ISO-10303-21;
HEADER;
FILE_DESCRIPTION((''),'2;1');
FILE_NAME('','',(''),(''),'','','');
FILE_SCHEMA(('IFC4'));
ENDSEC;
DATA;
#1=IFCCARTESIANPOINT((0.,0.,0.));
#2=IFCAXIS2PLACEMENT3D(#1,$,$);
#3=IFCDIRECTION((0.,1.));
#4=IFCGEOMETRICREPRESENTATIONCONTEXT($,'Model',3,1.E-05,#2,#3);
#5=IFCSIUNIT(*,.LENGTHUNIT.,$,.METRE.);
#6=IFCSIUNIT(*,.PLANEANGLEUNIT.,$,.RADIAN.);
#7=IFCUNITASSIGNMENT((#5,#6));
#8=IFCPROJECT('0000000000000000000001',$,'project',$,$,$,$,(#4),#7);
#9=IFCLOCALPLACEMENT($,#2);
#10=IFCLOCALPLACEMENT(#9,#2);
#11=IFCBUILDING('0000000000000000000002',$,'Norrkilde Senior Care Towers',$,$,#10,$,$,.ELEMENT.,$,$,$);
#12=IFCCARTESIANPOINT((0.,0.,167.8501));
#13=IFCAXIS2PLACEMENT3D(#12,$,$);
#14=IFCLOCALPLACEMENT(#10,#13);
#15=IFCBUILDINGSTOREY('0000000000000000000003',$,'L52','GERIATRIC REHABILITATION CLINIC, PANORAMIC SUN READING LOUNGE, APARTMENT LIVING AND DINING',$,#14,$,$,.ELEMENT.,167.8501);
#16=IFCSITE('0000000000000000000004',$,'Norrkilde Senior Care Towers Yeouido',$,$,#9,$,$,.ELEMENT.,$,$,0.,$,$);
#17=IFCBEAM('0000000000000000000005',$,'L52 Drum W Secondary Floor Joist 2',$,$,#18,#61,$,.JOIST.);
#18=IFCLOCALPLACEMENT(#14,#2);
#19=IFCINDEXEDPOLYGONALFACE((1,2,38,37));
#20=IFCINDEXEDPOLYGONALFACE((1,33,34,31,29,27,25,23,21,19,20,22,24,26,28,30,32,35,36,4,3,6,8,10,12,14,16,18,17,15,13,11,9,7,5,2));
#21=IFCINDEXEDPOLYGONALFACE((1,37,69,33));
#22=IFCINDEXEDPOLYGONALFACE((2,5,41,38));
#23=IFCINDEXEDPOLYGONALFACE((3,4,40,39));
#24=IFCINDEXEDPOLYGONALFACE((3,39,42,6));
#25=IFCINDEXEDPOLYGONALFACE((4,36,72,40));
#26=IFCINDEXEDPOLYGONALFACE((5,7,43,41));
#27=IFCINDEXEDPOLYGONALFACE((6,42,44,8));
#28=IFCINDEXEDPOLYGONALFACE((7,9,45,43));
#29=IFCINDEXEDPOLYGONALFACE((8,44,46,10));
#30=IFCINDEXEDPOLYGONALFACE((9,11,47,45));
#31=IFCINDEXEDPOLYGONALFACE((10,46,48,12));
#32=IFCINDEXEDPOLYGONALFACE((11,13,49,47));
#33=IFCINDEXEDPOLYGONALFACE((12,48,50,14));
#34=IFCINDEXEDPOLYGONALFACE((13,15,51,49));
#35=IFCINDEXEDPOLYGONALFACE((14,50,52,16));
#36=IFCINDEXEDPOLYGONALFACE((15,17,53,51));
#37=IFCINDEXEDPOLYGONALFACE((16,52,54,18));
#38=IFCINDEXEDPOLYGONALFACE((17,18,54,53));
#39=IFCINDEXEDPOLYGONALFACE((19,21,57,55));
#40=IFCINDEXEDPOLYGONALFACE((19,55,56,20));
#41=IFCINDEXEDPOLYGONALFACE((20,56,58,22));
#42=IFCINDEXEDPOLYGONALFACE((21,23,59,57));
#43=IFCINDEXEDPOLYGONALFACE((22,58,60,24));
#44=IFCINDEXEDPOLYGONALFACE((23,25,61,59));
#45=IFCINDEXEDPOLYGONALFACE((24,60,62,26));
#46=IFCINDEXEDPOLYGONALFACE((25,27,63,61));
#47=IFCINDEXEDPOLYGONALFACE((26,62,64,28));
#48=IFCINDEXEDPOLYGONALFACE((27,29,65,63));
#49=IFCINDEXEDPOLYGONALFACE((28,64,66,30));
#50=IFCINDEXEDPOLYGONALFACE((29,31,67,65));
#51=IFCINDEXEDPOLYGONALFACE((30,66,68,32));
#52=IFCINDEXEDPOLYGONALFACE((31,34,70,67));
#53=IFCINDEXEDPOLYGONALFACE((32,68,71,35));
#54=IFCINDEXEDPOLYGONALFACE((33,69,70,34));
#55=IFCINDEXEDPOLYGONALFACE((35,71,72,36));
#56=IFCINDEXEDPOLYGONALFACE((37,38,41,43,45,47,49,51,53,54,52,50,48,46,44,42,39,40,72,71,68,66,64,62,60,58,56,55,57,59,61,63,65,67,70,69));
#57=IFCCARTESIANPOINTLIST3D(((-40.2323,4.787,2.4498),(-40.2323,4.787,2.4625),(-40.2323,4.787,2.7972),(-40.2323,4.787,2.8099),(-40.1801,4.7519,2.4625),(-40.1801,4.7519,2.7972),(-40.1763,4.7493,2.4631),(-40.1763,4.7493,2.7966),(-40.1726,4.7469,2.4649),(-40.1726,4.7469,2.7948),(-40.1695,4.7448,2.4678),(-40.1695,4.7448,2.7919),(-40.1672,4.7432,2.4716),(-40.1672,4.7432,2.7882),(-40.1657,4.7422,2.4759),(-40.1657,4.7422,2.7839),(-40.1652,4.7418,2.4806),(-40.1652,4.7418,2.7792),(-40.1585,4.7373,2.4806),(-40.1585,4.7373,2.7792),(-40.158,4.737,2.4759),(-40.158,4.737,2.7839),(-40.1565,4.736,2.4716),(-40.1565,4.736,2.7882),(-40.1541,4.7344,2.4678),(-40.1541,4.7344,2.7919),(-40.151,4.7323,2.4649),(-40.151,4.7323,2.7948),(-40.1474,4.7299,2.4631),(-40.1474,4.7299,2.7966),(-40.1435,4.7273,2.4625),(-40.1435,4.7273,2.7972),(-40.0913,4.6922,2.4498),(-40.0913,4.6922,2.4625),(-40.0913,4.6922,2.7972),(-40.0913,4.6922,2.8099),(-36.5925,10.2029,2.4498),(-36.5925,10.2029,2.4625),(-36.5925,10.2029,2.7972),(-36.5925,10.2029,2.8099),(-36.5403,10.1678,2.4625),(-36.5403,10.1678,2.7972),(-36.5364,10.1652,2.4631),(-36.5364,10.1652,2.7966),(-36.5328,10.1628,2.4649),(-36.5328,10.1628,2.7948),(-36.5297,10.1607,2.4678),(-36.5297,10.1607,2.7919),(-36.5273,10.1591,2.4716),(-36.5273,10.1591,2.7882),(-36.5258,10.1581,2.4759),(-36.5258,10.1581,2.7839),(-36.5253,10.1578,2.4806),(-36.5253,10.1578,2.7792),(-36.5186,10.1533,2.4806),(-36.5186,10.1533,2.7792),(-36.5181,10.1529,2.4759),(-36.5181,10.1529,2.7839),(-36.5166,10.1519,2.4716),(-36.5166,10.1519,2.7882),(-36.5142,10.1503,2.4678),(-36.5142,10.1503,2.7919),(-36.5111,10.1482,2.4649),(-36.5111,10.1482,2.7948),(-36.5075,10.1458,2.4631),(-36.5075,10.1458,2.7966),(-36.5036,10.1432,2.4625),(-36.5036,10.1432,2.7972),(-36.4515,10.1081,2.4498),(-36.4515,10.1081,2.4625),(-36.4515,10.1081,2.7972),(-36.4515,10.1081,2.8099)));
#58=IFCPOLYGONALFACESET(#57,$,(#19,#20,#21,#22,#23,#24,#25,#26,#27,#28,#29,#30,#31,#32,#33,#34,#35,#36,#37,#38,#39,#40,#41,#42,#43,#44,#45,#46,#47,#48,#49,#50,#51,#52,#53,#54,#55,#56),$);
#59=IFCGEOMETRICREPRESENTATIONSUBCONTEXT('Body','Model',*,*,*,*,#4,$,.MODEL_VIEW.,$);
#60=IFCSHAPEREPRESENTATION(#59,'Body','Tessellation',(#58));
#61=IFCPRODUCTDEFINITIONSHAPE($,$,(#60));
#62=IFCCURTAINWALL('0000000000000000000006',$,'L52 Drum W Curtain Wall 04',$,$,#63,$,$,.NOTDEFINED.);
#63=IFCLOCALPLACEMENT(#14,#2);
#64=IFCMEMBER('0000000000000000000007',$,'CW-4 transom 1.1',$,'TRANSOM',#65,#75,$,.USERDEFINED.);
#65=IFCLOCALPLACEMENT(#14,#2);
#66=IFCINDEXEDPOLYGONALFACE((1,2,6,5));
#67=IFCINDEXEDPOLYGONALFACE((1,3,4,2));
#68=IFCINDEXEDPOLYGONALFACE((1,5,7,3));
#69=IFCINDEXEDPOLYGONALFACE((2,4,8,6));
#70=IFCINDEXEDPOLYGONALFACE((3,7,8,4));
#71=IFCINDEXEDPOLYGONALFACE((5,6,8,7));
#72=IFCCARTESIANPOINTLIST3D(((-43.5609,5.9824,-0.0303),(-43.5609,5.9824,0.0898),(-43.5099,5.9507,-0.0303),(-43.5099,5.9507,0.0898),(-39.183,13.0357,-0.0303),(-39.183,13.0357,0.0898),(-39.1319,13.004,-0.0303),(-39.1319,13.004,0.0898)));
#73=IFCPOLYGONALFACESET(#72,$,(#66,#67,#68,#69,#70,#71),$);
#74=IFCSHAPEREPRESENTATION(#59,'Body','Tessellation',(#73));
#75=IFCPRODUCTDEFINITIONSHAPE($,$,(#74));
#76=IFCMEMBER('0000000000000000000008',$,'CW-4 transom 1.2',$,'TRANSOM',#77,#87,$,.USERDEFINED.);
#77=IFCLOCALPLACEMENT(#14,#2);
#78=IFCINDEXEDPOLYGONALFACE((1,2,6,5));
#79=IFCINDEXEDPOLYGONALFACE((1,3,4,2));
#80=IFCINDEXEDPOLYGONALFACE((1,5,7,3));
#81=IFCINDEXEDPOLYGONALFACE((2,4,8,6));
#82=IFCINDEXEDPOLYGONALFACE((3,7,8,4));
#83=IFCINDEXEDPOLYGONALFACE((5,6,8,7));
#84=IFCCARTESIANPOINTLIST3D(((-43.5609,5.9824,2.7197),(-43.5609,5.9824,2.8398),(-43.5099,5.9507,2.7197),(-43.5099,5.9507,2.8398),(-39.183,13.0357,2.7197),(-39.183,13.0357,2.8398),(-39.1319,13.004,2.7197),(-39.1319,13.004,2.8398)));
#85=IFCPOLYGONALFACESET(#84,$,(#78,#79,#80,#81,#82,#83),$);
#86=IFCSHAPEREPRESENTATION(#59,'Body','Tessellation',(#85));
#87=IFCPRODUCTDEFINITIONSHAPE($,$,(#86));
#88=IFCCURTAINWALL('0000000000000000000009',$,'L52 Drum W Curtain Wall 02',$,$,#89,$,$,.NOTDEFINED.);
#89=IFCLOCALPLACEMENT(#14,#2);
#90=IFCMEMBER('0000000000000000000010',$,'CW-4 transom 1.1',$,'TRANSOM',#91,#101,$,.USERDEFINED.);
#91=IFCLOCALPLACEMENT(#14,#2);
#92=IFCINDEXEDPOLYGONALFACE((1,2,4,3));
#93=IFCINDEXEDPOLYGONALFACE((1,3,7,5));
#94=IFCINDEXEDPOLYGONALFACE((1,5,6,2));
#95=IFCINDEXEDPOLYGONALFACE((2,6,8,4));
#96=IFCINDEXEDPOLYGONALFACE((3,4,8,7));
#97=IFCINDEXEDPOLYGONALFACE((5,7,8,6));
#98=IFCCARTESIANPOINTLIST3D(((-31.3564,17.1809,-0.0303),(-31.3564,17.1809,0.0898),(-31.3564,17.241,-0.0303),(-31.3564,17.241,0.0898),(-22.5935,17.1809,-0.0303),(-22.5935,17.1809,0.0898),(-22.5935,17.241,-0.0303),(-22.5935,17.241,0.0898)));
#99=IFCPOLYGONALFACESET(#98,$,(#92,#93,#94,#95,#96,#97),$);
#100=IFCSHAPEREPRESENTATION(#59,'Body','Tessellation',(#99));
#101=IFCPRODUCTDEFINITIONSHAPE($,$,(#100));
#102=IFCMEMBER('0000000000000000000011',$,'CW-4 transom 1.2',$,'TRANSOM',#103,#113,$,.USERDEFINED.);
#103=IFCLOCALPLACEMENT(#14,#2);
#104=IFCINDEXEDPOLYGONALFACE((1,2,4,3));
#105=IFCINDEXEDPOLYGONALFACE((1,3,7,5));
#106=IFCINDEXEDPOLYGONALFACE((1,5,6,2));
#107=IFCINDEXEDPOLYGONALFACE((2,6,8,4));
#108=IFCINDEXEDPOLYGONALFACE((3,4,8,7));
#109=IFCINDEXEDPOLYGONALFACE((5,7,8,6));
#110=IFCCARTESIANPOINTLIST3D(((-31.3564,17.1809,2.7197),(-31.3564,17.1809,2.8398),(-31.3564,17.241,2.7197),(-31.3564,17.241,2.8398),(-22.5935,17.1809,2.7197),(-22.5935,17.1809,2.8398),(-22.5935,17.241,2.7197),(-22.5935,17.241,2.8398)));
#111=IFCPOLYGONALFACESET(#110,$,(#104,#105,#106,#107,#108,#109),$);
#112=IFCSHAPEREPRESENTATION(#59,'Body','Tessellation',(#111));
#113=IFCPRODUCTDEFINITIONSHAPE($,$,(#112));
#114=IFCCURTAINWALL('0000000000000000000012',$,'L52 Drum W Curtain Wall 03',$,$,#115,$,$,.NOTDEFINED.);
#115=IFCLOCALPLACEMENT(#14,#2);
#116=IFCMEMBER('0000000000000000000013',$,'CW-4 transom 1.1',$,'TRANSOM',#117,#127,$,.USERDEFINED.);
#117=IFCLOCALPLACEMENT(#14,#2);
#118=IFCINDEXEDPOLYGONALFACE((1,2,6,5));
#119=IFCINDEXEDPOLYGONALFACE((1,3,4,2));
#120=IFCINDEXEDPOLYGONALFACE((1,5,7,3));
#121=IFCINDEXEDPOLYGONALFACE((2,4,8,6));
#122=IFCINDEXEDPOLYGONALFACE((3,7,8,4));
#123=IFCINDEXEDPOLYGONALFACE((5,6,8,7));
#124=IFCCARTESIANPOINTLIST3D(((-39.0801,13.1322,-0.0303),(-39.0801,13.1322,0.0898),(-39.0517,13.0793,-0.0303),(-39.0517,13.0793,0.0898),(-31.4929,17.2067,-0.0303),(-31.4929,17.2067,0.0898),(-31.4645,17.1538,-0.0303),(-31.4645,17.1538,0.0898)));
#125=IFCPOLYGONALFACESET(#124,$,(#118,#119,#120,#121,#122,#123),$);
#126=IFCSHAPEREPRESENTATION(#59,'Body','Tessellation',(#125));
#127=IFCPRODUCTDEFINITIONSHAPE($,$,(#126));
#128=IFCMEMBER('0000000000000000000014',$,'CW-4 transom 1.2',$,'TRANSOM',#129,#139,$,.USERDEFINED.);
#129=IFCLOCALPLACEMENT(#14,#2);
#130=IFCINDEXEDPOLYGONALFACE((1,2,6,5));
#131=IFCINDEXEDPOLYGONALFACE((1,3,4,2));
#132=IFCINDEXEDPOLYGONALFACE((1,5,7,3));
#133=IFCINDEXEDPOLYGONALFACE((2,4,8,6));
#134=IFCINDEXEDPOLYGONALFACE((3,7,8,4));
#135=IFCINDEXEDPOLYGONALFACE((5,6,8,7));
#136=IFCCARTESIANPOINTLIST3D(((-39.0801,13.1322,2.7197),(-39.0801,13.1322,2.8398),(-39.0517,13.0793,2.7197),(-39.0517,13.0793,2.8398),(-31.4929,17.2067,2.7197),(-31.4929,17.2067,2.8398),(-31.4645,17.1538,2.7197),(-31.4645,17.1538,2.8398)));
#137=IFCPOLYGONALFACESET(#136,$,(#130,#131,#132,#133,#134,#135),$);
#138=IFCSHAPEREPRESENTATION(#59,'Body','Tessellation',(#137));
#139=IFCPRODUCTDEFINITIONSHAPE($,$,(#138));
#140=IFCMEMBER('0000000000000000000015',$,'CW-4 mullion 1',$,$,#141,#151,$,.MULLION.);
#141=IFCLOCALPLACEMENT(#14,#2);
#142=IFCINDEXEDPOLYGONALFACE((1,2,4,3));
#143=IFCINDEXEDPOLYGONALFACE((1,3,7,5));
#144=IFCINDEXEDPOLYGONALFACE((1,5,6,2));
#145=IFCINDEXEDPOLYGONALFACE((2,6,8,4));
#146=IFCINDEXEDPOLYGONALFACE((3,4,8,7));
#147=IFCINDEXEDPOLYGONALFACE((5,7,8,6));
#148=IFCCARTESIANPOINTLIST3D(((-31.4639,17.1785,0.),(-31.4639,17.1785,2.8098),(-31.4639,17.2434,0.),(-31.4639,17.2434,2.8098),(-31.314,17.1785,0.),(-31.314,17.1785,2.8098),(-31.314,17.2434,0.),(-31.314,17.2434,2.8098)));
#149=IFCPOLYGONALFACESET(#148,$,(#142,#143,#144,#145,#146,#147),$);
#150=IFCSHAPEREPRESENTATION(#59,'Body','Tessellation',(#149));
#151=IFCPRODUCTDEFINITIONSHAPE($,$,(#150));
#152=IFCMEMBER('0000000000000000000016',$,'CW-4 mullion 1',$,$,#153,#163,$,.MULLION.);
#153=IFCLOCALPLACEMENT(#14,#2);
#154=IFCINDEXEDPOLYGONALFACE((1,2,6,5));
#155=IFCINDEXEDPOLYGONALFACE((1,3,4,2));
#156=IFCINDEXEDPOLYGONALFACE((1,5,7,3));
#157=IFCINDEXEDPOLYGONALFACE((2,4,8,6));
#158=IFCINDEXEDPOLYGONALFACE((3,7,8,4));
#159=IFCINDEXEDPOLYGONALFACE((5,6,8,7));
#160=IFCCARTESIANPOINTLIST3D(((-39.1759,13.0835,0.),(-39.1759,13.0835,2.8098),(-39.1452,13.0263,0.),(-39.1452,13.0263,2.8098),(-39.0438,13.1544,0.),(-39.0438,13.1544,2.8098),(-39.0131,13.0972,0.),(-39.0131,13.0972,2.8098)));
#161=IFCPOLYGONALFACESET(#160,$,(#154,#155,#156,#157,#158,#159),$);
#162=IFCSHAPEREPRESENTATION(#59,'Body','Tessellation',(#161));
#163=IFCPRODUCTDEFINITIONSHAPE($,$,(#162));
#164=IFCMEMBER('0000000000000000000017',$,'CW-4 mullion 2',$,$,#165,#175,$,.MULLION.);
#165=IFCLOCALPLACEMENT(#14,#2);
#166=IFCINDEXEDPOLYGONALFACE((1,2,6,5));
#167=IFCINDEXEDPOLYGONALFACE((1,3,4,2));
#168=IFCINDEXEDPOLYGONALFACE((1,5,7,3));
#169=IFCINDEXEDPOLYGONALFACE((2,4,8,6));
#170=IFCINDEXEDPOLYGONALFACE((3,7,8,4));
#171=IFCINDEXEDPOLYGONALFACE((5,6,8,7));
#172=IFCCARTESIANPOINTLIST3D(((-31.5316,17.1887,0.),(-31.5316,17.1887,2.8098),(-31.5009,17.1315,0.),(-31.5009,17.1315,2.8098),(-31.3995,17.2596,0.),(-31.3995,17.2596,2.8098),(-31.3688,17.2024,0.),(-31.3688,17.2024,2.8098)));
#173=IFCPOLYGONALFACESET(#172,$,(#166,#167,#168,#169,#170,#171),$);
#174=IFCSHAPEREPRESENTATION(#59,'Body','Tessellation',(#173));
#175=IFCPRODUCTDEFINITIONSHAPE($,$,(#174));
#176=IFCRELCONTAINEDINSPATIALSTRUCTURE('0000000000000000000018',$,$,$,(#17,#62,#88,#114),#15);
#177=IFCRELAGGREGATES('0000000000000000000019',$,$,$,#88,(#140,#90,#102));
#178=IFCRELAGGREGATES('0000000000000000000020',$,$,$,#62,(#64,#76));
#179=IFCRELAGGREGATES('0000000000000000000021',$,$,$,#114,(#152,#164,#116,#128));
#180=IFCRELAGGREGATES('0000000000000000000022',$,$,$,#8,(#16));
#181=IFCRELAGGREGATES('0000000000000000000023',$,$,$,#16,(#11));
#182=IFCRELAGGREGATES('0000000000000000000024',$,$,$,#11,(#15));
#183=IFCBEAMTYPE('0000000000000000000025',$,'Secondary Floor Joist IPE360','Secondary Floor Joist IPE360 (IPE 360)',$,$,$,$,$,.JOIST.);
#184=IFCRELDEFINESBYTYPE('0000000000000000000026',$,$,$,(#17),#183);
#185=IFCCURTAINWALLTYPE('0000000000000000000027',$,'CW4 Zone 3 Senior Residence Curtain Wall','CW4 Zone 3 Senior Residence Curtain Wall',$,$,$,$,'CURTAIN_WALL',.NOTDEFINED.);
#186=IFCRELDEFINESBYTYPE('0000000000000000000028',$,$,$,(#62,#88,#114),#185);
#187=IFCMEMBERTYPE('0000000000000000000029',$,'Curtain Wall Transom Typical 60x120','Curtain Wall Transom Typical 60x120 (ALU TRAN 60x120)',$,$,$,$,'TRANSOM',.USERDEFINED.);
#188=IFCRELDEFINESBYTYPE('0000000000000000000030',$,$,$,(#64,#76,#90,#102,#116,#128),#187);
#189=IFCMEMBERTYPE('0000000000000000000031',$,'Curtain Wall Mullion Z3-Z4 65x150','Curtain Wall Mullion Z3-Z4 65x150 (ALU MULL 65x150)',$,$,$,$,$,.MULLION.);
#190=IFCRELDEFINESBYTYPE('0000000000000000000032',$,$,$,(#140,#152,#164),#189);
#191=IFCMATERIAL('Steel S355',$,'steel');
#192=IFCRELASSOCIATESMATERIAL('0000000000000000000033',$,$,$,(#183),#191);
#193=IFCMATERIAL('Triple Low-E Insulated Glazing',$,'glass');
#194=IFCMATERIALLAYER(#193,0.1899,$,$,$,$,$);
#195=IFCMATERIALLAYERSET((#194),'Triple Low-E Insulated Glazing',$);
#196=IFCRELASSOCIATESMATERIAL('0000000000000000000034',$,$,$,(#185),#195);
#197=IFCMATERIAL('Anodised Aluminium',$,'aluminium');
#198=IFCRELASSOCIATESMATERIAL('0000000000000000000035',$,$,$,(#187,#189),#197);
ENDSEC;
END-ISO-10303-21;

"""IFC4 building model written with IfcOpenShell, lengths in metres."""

from ifc_helpers import new_model, si_unit, direction, frame, origin, origin_2d, place, context, subcontext, project, spatial, rectangle, i_section, extrude, source, transform, mapped, material, layer, layer_set, material_profile, profile_set, type_object, type_shapes, element, aggregate, save


model = new_model("IFC4")

# Units and contexts
model_context = context("Model", 3, precision=1e-05, world=origin(), true_north=direction((0.0, 1.0)))
body_context = subcontext(model_context, "Body", "Model", "MODEL_VIEW")
ifc_project = project(units=[si_unit("LENGTHUNIT", "METRE"), si_unit("PLANEANGLEUNIT", "RADIAN")], contexts=[model_context])

# Site, building, storey
site_placement = place(None, origin())
site = spatial("IfcSite", under=ifc_project, at=site_placement, Name="Norrkilde Senior Care Towers Yeouido", CompositionType="ELEMENT", RefElevation=0.0)
building_placement = place(site_placement, origin())
building = spatial("IfcBuilding", under=site, at=building_placement, Name="Norrkilde Senior Care Towers", CompositionType="ELEMENT")
storey_placement = place(building_placement, frame((0.0, 0.0, 167.8501)))
storey = spatial("IfcBuildingStorey", under=building, at=storey_placement, Name="L52", Description="GERIATRIC REHABILITATION CLINIC, PANORAMIC SUN READING LOUNGE, APARTMENT LIVING AND DINING", CompositionType="ELEMENT", Elevation=167.8501)

# Beam
ifc_material_1 = material(Name="Steel S355", Category="steel")
ifc_material_profile_1 = material_profile(ifc_material_1, i_section(OverallWidth=0.1699, OverallDepth=0.3601, WebThickness=0.0081, FlangeThickness=0.0127, FilletRadius=0.0181, at=origin_2d()), Name="IPE 360")
ifc_profile_set_1 = profile_set([ifc_material_profile_1], Name="Steel S355")
beam_type_1 = type_object("IfcBeamType", Name="Secondary Floor Joist IPE360", Description="Secondary Floor Joist IPE360 (IPE 360)", PredefinedType="JOIST", material=ifc_profile_set_1)
shared_shape_1 = source(origin(), body_context, "Body", "SweptSolid", [
    extrude(i_section(OverallWidth=0.1699, OverallDepth=0.3601, WebThickness=0.0081, FlangeThickness=0.0127, FilletRadius=0.0181, at=origin_2d()), origin(), (0.0, 0.0, 1.0), 6.5254),
])
type_shapes(beam_type_1, [shared_shape_1])
beam_1_placement = place(storey_placement, frame((-36.522, 10.1555, 2.6299), z_axis=(-0.557796, -0.829978, 0.0), x_axis=(0.829978, -0.557796, 0.0)))
element("IfcBeam", 1, at=beam_1_placement, inside=storey, type_object=beam_type_1, Name="L52 Drum W Secondary Floor Joist 2", PredefinedType="JOIST", context=body_context, shape_type="MappedRepresentation", body=[
    mapped(shared_shape_1, transform((0.0, 0.0, 0.0), x_axis=(1.0, 0.0, 0.0), y_axis=(0.0, 1.0, 0.0), z_axis=(0.0, 0.0, 1.0), scale=1.0)),
])

# Curtain walls, members
ifc_material_2 = material(Name="Triple Low-E Insulated Glazing", Category="glass")
ifc_layer_1 = layer(ifc_material_2, 0.1899)
ifc_layer_set_1 = layer_set([ifc_layer_1], Name="Triple Low-E Insulated Glazing")
curtain_wall_type = type_object("IfcCurtainWallType", Name="CW4 Zone 3 Senior Residence Curtain Wall", Description="CW4 Zone 3 Senior Residence Curtain Wall", ElementType="CURTAIN_WALL", PredefinedType="NOTDEFINED", material=ifc_layer_set_1)
curtain_wall_1_placement = place(storey_placement, origin())
curtain_wall_1 = element("IfcCurtainWall", 2, at=curtain_wall_1_placement, inside=storey, type_object=curtain_wall_type, Name="L52 Drum W Curtain Wall 04", PredefinedType="NOTDEFINED")
ifc_material_3 = material(Name="Anodised Aluminium", Category="aluminium")
ifc_material_profile_2 = material_profile(ifc_material_3, rectangle(XDim=0.0601, YDim=0.1201, at=origin_2d()), Name="ALU TRAN 60x120")
ifc_profile_set_2 = profile_set([ifc_material_profile_2], Name="Anodised Aluminium")
member_type_1 = type_object("IfcMemberType", Name="Curtain Wall Transom Typical 60x120", Description="Curtain Wall Transom Typical 60x120 (ALU TRAN 60x120)", ElementType="TRANSOM", PredefinedType="USERDEFINED", material=ifc_profile_set_2)
shared_shape_2 = source(origin(), body_context, "Body", "SweptSolid", [
    extrude(rectangle(XDim=0.0601, YDim=0.1201, at=origin_2d()), origin(), (0.0, 0.0, 1.0), 8.3015),
])
member_1_placement = place(storey_placement, frame((-43.5354, 5.9666, 0.0298), z_axis=(0.527369, 0.849637, 0.0), x_axis=(-0.849637, 0.527369, 0.0)))
member_1 = element("IfcMember", 3, at=member_1_placement, type_object=member_type_1, Name="CW-4 transom 1.1", ObjectType="TRANSOM", PredefinedType="USERDEFINED", context=body_context, shape_type="MappedRepresentation", body=[
    mapped(shared_shape_2, transform((0.0, 0.0, 0.0), x_axis=(1.0, 0.0, 0.0), y_axis=(0.0, 1.0, 0.0), z_axis=(0.0, 0.0, 1.0), scale=1.0)),
])
member_2_placement = place(storey_placement, frame((-43.5354, 5.9666, 2.7798), z_axis=(0.527369, 0.849637, 0.0), x_axis=(-0.849637, 0.527369, 0.0)))
member_2 = element("IfcMember", 4, at=member_2_placement, type_object=member_type_1, Name="CW-4 transom 1.2", ObjectType="TRANSOM", PredefinedType="USERDEFINED", context=body_context, shape_type="MappedRepresentation", body=[
    mapped(shared_shape_2, transform((0.0, 0.0, 0.0), x_axis=(1.0, 0.0, 0.0), y_axis=(0.0, 1.0, 0.0), z_axis=(0.0, 0.0, 1.0), scale=1.0)),
])
curtain_wall_2_placement = place(storey_placement, origin())
curtain_wall_2 = element("IfcCurtainWall", 5, at=curtain_wall_2_placement, inside=storey, type_object=curtain_wall_type, Name="L52 Drum W Curtain Wall 02", PredefinedType="NOTDEFINED")
shared_shape_3 = source(origin(), body_context, "Body", "SweptSolid", [
    extrude(rectangle(XDim=0.0601, YDim=0.1201, at=origin_2d()), origin(), (0.0, 0.0, 1.0), 8.7629),
])
member_3_placement = place(storey_placement, frame((-31.3564, 17.2109, 0.0298), z_axis=(1.0, 0.0, 0.0), x_axis=(0.0, 1.0, 0.0)))
member_3 = element("IfcMember", 6, at=member_3_placement, type_object=member_type_1, Name="CW-4 transom 1.1", ObjectType="TRANSOM", PredefinedType="USERDEFINED", context=body_context, shape_type="MappedRepresentation", body=[
    mapped(shared_shape_3, transform((0.0, 0.0, 0.0), x_axis=(1.0, 0.0, 0.0), y_axis=(0.0, 1.0, 0.0), z_axis=(0.0, 0.0, 1.0), scale=1.0)),
])
member_4_placement = place(storey_placement, frame((-31.3564, 17.2109, 2.7798), z_axis=(1.0, 0.0, 0.0), x_axis=(0.0, 1.0, 0.0)))
member_4 = element("IfcMember", 7, at=member_4_placement, type_object=member_type_1, Name="CW-4 transom 1.2", ObjectType="TRANSOM", PredefinedType="USERDEFINED", context=body_context, shape_type="MappedRepresentation", body=[
    mapped(shared_shape_3, transform((0.0, 0.0, 0.0), x_axis=(1.0, 0.0, 0.0), y_axis=(0.0, 1.0, 0.0), z_axis=(0.0, 0.0, 1.0), scale=1.0)),
])
curtain_wall_3_placement = place(storey_placement, origin())
curtain_wall_3 = element("IfcCurtainWall", 8, at=curtain_wall_3_placement, inside=storey, type_object=curtain_wall_type, Name="L52 Drum W Curtain Wall 03", PredefinedType="NOTDEFINED")
shared_shape_4 = source(origin(), body_context, "Body", "SweptSolid", [
    extrude(rectangle(XDim=0.0601, YDim=0.1201, at=origin_2d()), origin(), (0.0, 0.0, 1.0), 8.6121),
])
type_shapes(member_type_1, [shared_shape_2, shared_shape_3, shared_shape_4])
member_5_placement = place(storey_placement, frame((-39.0659, 13.1057, 0.0298), z_axis=(0.881, 0.473116, 0.0), x_axis=(-0.473116, 0.881, 0.0)))
member_5 = element("IfcMember", 9, at=member_5_placement, type_object=member_type_1, Name="CW-4 transom 1.1", ObjectType="TRANSOM", PredefinedType="USERDEFINED", context=body_context, shape_type="MappedRepresentation", body=[
    mapped(shared_shape_4, transform((0.0, 0.0, 0.0), x_axis=(1.0, 0.0, 0.0), y_axis=(0.0, 1.0, 0.0), z_axis=(0.0, 0.0, 1.0), scale=1.0)),
])
member_6_placement = place(storey_placement, frame((-39.0659, 13.1057, 2.7798), z_axis=(0.881, 0.473116, 0.0), x_axis=(-0.473116, 0.881, 0.0)))
member_6 = element("IfcMember", 10, at=member_6_placement, type_object=member_type_1, Name="CW-4 transom 1.2", ObjectType="TRANSOM", PredefinedType="USERDEFINED", context=body_context, shape_type="MappedRepresentation", body=[
    mapped(shared_shape_4, transform((0.0, 0.0, 0.0), x_axis=(1.0, 0.0, 0.0), y_axis=(0.0, 1.0, 0.0), z_axis=(0.0, 0.0, 1.0), scale=1.0)),
])

# Members
ifc_material_profile_3 = material_profile(ifc_material_3, rectangle(XDim=0.0649, YDim=0.1499, at=origin_2d()), Name="ALU MULL 65x150")
ifc_profile_set_3 = profile_set([ifc_material_profile_3], Name="Anodised Aluminium")
member_type_2 = type_object("IfcMemberType", Name="Curtain Wall Mullion Z3-Z4 65x150", Description="Curtain Wall Mullion Z3-Z4 65x150 (ALU MULL 65x150)", PredefinedType="MULLION", material=ifc_profile_set_3)
shared_shape_5 = source(origin(), body_context, "Body", "SweptSolid", [
    extrude(rectangle(XDim=0.0649, YDim=0.1499, at=origin_2d()), origin(), (0.0, 0.0, 1.0), 2.8098),
])
type_shapes(member_type_2, [shared_shape_5])
member_7_placement = place(storey_placement, frame((-31.3889, 17.2109, 0.0), z_axis=(0.0, 0.0, 1.0), x_axis=(0.0, 1.0, 0.0)))
member_7 = element("IfcMember", 11, at=member_7_placement, type_object=member_type_2, Name="CW-4 mullion 1", PredefinedType="MULLION", context=body_context, shape_type="MappedRepresentation", body=[
    mapped(shared_shape_5, transform((0.0, 0.0, 0.0), x_axis=(1.0, 0.0, 0.0), y_axis=(0.0, 1.0, 0.0), z_axis=(0.0, 0.0, 1.0), scale=1.0)),
])
aggregate(curtain_wall_2, [member_7, member_3, member_4])
member_8_placement = place(storey_placement, frame((-39.0945, 13.0903, 0.0), z_axis=(0.0, 0.0, 1.0), x_axis=(-0.473117, 0.881, 0.0)))
member_8 = element("IfcMember", 12, at=member_8_placement, type_object=member_type_2, Name="CW-4 mullion 1", PredefinedType="MULLION", context=body_context, shape_type="MappedRepresentation", body=[
    mapped(shared_shape_5, transform((0.0, 0.0, 0.0), x_axis=(1.0, 0.0, 0.0), y_axis=(0.0, 1.0, 0.0), z_axis=(0.0, 0.0, 1.0), scale=1.0)),
])
member_9_placement = place(storey_placement, frame((-31.4502, 17.1956, 0.0), z_axis=(0.0, 0.0, 1.0), x_axis=(-0.473117, 0.881, 0.0)))
member_9 = element("IfcMember", 13, at=member_9_placement, type_object=member_type_2, Name="CW-4 mullion 2", PredefinedType="MULLION", context=body_context, shape_type="MappedRepresentation", body=[
    mapped(shared_shape_5, transform((0.0, 0.0, 0.0), x_axis=(1.0, 0.0, 0.0), y_axis=(0.0, 1.0, 0.0), z_axis=(0.0, 0.0, 1.0), scale=1.0)),
])

aggregate(curtain_wall_1, [member_1, member_2])
aggregate(curtain_wall_3, [member_8, member_9, member_5, member_6])

save(model, "model.ifc")
